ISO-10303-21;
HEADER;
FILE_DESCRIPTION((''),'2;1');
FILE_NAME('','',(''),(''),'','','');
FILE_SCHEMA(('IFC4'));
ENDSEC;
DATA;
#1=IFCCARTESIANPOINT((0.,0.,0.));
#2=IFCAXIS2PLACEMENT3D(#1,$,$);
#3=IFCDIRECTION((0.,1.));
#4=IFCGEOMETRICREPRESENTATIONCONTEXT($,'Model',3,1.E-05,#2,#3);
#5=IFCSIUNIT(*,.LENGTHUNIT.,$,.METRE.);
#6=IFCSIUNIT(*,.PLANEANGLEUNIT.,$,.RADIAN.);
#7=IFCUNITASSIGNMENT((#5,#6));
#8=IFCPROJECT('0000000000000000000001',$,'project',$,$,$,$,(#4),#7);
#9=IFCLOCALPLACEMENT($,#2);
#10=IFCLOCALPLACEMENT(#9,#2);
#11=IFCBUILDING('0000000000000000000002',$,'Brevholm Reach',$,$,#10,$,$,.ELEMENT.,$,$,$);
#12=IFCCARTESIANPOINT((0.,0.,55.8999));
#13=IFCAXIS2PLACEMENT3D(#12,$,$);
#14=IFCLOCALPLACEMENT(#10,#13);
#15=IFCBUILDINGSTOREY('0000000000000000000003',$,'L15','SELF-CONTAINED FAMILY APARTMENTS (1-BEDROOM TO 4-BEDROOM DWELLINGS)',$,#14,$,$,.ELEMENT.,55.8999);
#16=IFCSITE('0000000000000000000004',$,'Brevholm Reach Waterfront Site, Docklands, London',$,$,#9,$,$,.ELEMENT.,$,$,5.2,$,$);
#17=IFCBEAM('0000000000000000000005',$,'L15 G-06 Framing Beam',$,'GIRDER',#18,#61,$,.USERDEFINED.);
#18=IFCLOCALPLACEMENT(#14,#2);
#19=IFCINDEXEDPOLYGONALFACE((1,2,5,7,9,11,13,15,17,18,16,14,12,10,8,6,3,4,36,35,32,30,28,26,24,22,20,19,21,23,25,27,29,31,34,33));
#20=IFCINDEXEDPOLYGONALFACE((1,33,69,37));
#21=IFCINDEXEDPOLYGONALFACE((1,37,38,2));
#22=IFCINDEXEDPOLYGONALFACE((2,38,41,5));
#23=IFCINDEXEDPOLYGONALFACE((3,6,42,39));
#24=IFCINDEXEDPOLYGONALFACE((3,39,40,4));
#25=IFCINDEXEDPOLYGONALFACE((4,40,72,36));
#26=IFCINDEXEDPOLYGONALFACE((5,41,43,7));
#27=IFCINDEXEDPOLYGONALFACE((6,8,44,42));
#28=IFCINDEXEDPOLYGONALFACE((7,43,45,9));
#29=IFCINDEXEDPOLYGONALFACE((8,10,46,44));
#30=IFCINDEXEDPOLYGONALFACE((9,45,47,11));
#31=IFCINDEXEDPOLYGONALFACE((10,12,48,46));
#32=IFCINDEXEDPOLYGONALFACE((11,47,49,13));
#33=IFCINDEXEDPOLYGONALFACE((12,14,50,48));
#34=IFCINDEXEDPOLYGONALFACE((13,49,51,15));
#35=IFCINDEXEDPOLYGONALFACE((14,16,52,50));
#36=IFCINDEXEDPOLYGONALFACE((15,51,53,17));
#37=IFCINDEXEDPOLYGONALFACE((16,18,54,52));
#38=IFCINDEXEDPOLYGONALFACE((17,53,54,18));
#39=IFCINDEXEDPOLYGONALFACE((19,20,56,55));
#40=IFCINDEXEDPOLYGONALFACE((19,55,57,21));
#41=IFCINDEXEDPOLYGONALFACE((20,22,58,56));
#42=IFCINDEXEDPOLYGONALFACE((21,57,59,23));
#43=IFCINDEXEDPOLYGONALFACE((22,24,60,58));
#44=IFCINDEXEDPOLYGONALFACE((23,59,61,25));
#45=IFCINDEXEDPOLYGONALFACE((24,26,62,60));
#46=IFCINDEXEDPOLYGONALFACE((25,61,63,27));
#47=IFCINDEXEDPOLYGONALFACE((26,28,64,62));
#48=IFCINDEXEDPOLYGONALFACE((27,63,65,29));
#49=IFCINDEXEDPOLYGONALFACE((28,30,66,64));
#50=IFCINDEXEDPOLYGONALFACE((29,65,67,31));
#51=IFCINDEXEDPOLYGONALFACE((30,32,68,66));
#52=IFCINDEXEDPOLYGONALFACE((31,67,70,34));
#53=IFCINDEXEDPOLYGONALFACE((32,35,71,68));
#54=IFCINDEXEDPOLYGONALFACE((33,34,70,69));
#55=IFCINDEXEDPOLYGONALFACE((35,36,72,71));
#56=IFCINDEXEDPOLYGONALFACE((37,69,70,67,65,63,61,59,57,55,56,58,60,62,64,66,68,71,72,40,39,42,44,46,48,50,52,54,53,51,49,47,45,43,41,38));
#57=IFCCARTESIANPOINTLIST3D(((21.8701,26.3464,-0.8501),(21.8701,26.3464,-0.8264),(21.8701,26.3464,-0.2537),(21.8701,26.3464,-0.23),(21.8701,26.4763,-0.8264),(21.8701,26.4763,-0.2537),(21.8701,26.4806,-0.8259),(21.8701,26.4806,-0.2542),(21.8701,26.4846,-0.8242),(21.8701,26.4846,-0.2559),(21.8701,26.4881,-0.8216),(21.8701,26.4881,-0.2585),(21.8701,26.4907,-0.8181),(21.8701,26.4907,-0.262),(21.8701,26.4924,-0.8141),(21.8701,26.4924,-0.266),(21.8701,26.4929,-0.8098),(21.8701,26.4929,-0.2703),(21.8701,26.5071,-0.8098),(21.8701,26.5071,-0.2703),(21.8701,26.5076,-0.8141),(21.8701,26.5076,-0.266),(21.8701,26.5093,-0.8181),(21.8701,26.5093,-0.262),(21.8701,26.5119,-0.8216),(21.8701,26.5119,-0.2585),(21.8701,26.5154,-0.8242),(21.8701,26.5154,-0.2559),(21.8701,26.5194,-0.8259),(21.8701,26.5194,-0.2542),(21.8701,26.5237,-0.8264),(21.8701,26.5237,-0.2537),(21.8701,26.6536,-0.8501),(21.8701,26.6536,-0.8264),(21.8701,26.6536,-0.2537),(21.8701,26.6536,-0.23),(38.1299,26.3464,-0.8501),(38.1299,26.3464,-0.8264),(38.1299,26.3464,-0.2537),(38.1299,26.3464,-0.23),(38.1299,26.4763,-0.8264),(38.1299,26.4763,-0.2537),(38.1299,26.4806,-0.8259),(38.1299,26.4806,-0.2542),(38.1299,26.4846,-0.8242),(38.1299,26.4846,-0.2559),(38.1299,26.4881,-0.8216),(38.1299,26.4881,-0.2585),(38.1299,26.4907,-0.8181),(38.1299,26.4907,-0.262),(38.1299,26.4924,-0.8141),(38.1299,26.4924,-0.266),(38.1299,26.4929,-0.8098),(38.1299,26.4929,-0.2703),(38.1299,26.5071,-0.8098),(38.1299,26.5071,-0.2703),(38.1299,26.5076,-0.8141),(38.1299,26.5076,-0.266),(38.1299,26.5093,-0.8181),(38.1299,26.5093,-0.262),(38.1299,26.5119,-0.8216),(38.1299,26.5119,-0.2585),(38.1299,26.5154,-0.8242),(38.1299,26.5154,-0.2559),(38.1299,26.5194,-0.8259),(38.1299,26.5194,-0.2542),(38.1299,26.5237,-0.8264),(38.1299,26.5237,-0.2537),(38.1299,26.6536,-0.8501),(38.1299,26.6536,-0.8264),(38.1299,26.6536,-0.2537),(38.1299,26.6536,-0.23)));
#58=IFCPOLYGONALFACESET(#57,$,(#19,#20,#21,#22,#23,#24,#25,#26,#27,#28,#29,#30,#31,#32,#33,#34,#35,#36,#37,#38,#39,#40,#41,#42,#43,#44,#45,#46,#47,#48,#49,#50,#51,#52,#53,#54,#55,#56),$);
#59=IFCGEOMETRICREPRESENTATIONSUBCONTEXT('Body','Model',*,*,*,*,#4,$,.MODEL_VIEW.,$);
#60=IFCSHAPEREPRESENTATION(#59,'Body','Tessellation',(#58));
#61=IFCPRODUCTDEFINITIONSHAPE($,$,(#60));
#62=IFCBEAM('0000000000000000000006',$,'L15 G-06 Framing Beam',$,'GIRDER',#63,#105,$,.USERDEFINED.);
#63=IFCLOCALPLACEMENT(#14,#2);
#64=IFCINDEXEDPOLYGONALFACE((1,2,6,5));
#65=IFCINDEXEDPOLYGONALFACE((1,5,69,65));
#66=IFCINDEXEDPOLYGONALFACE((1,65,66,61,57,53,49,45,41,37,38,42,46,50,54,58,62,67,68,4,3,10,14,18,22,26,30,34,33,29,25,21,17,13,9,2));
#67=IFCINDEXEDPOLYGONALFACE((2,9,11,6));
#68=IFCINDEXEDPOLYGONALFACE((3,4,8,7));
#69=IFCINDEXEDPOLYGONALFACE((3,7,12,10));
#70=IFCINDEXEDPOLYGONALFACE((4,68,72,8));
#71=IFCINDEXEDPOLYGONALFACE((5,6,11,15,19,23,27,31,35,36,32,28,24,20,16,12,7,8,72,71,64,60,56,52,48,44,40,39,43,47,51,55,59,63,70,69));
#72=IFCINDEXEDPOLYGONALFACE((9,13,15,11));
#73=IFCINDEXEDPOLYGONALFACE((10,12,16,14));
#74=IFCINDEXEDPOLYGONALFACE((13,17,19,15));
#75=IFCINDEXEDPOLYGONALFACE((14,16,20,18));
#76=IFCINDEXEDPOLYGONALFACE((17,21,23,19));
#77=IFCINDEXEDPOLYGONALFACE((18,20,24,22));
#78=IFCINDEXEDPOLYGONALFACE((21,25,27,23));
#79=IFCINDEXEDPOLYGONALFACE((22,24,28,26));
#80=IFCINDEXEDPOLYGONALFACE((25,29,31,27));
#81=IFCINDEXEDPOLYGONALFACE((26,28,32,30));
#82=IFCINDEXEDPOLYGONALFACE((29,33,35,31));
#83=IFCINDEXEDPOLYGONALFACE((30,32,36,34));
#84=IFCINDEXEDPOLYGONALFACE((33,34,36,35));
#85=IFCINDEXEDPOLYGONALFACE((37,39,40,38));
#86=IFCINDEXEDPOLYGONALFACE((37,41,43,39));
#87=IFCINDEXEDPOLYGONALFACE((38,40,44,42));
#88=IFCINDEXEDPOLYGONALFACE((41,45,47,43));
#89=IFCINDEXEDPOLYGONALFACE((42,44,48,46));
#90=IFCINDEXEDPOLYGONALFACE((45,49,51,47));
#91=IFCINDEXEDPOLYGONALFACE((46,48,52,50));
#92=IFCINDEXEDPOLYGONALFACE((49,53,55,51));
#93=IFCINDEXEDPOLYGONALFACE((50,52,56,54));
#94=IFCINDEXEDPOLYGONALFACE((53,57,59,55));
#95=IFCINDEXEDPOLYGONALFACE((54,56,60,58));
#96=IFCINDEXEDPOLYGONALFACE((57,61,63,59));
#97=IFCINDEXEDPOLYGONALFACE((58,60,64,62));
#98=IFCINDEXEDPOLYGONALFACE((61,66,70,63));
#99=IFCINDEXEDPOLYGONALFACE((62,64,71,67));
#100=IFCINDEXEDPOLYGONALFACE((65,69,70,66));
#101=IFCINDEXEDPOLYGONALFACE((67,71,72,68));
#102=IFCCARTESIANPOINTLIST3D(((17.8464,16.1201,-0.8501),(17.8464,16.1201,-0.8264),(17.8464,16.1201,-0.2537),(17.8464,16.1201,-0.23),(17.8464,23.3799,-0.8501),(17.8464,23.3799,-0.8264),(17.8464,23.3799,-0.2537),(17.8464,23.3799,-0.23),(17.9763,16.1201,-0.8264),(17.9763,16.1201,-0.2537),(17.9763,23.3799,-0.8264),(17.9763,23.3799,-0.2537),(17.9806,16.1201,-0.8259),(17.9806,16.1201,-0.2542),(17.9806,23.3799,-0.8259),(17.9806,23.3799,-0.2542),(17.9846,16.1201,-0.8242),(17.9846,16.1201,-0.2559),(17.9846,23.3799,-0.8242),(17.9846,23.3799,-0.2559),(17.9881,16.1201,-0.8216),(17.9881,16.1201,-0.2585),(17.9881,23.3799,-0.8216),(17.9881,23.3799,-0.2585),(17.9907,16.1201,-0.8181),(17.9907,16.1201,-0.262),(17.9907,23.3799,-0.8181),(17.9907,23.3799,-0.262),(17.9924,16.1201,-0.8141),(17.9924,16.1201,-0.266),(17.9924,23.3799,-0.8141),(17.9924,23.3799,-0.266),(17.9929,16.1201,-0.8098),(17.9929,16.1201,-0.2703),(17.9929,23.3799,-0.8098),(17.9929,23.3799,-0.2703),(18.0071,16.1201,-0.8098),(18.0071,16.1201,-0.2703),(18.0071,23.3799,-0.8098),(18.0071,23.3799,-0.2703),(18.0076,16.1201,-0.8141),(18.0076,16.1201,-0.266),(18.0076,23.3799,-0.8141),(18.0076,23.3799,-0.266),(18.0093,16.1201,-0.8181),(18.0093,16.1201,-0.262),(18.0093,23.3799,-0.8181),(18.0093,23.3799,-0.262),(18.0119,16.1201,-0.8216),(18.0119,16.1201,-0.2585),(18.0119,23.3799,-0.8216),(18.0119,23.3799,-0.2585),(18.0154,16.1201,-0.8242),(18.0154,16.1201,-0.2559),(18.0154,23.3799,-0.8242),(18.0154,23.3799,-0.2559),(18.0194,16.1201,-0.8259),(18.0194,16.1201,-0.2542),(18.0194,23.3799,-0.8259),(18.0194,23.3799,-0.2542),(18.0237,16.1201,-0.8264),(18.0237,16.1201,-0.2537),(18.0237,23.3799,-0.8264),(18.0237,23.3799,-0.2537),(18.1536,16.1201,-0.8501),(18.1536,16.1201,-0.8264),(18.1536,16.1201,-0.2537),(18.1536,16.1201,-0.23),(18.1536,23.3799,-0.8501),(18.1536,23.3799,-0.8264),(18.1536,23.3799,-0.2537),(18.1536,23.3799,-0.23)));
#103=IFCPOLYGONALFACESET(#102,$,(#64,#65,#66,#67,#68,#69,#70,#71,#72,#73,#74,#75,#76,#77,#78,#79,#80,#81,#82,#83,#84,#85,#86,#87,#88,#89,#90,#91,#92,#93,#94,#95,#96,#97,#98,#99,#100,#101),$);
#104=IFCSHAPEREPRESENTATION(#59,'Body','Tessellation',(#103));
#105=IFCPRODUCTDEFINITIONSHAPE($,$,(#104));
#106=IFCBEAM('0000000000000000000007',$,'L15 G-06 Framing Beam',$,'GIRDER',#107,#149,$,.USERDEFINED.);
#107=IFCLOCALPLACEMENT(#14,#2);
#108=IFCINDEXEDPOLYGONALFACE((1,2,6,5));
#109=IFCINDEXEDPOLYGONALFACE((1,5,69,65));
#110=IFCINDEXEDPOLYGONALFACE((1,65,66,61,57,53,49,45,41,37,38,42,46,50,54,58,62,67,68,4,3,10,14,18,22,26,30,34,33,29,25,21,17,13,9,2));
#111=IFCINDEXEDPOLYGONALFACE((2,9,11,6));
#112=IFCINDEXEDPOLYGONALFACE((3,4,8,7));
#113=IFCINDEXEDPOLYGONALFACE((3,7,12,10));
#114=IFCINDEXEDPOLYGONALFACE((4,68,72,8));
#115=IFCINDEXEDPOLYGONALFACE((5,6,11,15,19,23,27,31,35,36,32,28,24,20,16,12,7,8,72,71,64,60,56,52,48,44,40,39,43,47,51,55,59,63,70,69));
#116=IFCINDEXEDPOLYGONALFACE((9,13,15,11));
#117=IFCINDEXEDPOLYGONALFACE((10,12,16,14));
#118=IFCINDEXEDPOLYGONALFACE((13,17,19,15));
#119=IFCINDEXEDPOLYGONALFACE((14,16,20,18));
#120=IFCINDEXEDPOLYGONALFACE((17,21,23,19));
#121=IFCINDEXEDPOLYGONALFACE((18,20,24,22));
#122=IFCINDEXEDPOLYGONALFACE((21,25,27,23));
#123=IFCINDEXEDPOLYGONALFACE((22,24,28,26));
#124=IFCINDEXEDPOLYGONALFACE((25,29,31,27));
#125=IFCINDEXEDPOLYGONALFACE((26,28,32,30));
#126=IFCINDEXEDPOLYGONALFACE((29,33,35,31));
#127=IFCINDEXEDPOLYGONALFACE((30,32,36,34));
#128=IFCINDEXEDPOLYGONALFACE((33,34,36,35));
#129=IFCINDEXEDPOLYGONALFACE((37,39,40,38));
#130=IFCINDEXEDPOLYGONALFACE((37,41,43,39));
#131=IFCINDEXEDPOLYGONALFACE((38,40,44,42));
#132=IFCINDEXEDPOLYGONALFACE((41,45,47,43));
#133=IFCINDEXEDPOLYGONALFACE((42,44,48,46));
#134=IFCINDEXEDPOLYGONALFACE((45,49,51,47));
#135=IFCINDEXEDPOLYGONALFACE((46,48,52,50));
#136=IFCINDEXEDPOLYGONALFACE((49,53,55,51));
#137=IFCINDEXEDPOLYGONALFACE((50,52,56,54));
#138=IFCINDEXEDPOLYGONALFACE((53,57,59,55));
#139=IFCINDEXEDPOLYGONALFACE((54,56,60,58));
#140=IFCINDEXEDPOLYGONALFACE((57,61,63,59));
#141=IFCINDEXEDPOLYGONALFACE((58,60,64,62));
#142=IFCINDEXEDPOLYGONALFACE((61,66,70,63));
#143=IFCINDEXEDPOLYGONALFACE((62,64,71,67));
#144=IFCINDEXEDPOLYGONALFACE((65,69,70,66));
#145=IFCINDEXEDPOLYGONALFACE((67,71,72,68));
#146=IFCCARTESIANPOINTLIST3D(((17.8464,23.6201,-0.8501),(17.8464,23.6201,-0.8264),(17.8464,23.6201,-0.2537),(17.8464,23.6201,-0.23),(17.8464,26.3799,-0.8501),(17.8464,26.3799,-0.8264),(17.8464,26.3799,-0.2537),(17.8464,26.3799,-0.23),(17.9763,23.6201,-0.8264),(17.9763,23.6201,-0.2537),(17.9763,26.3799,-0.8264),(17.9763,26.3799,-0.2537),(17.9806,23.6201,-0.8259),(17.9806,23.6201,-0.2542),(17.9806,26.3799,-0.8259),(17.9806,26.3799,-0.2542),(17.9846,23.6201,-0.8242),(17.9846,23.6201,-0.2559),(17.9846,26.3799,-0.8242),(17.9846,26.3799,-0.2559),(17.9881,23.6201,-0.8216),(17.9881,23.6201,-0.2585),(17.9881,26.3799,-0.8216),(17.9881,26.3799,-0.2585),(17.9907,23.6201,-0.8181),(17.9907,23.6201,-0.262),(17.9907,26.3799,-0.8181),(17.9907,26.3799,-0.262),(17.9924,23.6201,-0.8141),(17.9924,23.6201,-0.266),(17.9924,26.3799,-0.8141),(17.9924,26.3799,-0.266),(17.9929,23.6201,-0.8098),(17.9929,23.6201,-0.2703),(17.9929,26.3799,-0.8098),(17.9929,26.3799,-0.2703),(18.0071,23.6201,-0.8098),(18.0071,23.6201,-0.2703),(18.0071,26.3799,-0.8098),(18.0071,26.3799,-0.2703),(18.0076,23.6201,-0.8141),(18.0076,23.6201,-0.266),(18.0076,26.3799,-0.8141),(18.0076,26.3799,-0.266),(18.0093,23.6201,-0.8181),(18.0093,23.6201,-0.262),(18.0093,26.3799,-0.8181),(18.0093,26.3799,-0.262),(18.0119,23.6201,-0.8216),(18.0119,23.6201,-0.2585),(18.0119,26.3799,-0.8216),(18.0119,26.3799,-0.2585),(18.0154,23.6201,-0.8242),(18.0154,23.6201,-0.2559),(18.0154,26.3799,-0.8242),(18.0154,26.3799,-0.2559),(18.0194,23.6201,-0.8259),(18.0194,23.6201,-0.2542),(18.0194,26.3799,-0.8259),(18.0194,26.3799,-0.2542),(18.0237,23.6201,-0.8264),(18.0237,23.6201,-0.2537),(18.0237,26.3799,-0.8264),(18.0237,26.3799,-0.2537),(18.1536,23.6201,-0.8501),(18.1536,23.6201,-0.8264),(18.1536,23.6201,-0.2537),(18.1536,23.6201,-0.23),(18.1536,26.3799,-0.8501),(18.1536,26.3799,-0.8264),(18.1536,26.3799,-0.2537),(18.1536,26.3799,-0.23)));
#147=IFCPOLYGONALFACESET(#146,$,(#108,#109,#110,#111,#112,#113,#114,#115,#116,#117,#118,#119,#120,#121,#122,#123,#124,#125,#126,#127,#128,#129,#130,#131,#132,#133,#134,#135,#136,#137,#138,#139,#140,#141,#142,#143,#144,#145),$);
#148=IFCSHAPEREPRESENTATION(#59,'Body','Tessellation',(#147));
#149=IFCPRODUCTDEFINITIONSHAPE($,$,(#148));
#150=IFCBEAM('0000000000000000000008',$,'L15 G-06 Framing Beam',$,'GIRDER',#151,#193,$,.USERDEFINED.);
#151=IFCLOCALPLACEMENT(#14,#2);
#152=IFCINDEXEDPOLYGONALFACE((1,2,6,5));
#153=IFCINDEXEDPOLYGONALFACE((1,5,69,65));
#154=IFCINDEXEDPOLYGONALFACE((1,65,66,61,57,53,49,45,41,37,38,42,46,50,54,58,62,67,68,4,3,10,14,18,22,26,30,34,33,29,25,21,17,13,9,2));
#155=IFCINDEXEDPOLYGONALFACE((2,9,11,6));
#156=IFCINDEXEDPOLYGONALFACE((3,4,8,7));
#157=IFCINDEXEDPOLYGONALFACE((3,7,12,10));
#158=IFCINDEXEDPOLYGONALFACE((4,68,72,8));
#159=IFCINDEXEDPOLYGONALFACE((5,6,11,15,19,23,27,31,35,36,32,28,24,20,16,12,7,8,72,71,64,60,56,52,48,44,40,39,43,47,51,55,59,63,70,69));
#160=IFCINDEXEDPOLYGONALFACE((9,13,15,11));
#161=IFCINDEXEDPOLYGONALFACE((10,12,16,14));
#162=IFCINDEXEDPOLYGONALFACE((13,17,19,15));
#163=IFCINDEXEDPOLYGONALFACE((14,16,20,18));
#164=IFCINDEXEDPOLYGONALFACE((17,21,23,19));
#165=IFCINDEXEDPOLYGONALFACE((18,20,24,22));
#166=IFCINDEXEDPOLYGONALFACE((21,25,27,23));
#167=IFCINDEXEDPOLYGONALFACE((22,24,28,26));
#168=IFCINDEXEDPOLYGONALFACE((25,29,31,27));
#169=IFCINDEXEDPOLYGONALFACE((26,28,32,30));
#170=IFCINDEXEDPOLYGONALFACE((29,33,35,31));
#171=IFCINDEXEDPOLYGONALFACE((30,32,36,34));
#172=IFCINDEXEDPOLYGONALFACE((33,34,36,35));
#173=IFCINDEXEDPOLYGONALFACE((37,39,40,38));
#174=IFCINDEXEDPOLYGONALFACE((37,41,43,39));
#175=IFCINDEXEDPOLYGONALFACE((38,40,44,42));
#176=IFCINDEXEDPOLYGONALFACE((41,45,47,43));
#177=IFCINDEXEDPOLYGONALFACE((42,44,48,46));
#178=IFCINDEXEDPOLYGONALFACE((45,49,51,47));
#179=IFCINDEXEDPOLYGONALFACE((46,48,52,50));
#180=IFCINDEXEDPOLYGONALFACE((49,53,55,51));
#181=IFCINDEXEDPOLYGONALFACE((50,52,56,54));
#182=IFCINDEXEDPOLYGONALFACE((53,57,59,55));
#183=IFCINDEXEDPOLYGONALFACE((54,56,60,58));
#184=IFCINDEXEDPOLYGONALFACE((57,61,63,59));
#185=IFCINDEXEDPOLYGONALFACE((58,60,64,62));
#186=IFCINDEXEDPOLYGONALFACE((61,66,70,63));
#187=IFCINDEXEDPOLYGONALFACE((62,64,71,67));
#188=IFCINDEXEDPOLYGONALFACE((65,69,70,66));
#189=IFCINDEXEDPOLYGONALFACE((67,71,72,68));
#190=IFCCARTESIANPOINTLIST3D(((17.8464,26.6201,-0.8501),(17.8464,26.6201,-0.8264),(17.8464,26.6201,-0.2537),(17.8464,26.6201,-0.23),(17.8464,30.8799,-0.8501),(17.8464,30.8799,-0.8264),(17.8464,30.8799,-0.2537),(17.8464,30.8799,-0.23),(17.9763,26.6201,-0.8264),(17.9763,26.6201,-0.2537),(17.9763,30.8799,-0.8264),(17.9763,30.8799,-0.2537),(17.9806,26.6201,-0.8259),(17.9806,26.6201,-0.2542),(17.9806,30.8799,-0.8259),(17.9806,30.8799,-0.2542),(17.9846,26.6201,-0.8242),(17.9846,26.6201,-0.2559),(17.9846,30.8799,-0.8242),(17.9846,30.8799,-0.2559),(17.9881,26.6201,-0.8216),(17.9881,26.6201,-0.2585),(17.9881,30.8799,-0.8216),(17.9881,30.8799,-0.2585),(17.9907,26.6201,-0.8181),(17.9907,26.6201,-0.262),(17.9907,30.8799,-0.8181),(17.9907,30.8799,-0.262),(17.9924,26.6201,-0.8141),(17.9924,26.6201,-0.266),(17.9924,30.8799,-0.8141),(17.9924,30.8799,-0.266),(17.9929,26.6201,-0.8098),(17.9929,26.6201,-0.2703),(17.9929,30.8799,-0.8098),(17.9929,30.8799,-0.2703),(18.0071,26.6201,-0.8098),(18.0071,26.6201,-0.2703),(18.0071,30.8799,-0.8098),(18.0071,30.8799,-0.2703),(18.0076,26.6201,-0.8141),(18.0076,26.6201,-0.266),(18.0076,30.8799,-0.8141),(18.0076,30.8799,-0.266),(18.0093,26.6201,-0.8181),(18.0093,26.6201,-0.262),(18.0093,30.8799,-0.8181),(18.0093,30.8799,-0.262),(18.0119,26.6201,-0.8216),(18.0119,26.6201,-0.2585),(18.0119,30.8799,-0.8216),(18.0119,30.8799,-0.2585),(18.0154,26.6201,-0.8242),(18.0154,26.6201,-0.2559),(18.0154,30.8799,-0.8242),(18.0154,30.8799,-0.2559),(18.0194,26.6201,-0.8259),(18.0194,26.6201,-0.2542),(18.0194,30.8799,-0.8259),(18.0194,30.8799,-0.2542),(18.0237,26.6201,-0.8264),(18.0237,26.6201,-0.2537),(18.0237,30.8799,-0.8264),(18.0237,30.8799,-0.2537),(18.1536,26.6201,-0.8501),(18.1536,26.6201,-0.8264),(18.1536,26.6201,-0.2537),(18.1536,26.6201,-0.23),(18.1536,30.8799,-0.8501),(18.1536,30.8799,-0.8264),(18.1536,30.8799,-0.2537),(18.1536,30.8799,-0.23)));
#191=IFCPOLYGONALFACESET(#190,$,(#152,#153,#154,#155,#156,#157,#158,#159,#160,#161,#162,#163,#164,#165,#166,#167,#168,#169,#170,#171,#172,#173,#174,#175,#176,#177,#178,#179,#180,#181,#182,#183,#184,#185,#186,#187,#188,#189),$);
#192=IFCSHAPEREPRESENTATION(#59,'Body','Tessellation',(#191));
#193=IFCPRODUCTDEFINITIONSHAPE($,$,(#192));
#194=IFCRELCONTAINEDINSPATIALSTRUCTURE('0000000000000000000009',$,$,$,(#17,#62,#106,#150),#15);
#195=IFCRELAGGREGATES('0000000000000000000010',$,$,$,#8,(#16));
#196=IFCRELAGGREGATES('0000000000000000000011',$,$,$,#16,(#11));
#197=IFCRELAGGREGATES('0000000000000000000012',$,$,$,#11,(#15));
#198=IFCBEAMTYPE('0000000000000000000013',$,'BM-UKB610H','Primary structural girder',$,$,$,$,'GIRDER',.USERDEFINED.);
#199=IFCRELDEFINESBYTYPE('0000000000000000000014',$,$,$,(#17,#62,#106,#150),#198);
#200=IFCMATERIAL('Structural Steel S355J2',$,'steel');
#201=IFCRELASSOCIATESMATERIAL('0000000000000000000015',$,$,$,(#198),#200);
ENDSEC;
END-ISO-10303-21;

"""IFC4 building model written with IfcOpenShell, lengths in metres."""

from ifc_helpers import new_model, si_unit, direction, frame, origin, origin_2d, place, context, subcontext, project, spatial, i_section, extrude, material, material_profile, profile_set, type_object, element, save


model = new_model("IFC4")

# Units and contexts
model_context = context("Model", 3, precision=1e-05, world=origin(), true_north=direction((0.0, 1.0)))
body_context = subcontext(model_context, "Body", "Model", "MODEL_VIEW")
ifc_project = project(units=[si_unit("LENGTHUNIT", "METRE"), si_unit("PLANEANGLEUNIT", "RADIAN")], contexts=[model_context])

# Site, building, storey
site_placement = place(None, origin())
site = spatial("IfcSite", under=ifc_project, at=site_placement, Name="Brevholm Reach Waterfront Site, Docklands, London", CompositionType="ELEMENT", RefElevation=5.2)
building_placement = place(site_placement, origin())
building = spatial("IfcBuilding", under=site, at=building_placement, Name="Brevholm Reach", CompositionType="ELEMENT")
storey_placement = place(building_placement, frame((0.0, 0.0, 55.8999)))
storey = spatial("IfcBuildingStorey", under=building, at=storey_placement, Name="L15", Description="SELF-CONTAINED FAMILY APARTMENTS (1-BEDROOM TO 4-BEDROOM DWELLINGS)", CompositionType="ELEMENT", Elevation=55.8999)

# Beams
ifc_material_1 = material(Name="Structural Steel S355J2", Category="steel")
ifc_material_profile_1 = material_profile(ifc_material_1, i_section(OverallWidth=0.3071, OverallDepth=0.6201, WebThickness=0.0142, FlangeThickness=0.0237, FilletRadius=0.0166, at=origin_2d()), Name="UKB 610x305x179")
ifc_profile_set_1 = profile_set([ifc_material_profile_1], Name="Structural Steel S355J2")
beam_type_1 = type_object("IfcBeamType", Name="BM-UKB610H", Description="Primary structural girder", ElementType="GIRDER", PredefinedType="USERDEFINED", material=ifc_profile_set_1)
beam_1_placement = place(storey_placement, frame((21.8701, 26.5, -0.54), z_axis=(1.0, 0.0, 0.0), x_axis=(0.0, 1.0, 0.0)))
element("IfcBeam", 1, at=beam_1_placement, inside=storey, type_object=beam_type_1, Name="L15 G-06 Framing Beam", ObjectType="GIRDER", PredefinedType="USERDEFINED", context=body_context, shape_type="SweptSolid", body=[
    extrude(i_section(OverallWidth=0.3071, OverallDepth=0.6201, WebThickness=0.0142, FlangeThickness=0.0237, FilletRadius=0.0166, at=origin_2d()), origin(), (0.0, 0.0, 1.0), 16.2598),
])
beam_2_placement = place(storey_placement, frame((18.0, 16.1201, -0.54), z_axis=(0.0, 1.0, 0.0), x_axis=(-1.0, 0.0, 0.0)))
element("IfcBeam", 2, at=beam_2_placement, inside=storey, type_object=beam_type_1, Name="L15 G-06 Framing Beam", ObjectType="GIRDER", PredefinedType="USERDEFINED", context=body_context, shape_type="SweptSolid", body=[
    extrude(i_section(OverallWidth=0.3071, OverallDepth=0.6201, WebThickness=0.0142, FlangeThickness=0.0237, FilletRadius=0.0166, at=origin_2d()), origin(), (0.0, 0.0, 1.0), 7.2598),
])
beam_3_placement = place(storey_placement, frame((18.0, 23.6201, -0.54), z_axis=(0.0, 1.0, 0.0), x_axis=(-1.0, 0.0, 0.0)))
element("IfcBeam", 3, at=beam_3_placement, inside=storey, type_object=beam_type_1, Name="L15 G-06 Framing Beam", ObjectType="GIRDER", PredefinedType="USERDEFINED", context=body_context, shape_type="SweptSolid", body=[
    extrude(i_section(OverallWidth=0.3071, OverallDepth=0.6201, WebThickness=0.0142, FlangeThickness=0.0237, FilletRadius=0.0166, at=origin_2d()), origin(), (0.0, 0.0, 1.0), 2.7598),
])
beam_4_placement = place(storey_placement, frame((18.0, 26.6201, -0.54), z_axis=(0.0, 1.0, 0.0), x_axis=(-1.0, 0.0, 0.0)))
element("IfcBeam", 4, at=beam_4_placement, inside=storey, type_object=beam_type_1, Name="L15 G-06 Framing Beam", ObjectType="GIRDER", PredefinedType="USERDEFINED", context=body_context, shape_type="SweptSolid", body=[
    extrude(i_section(OverallWidth=0.3071, OverallDepth=0.6201, WebThickness=0.0142, FlangeThickness=0.0237, FilletRadius=0.0166, at=origin_2d()), origin(), (0.0, 0.0, 1.0), 4.2598),
])

save(model, "model.ifc")
